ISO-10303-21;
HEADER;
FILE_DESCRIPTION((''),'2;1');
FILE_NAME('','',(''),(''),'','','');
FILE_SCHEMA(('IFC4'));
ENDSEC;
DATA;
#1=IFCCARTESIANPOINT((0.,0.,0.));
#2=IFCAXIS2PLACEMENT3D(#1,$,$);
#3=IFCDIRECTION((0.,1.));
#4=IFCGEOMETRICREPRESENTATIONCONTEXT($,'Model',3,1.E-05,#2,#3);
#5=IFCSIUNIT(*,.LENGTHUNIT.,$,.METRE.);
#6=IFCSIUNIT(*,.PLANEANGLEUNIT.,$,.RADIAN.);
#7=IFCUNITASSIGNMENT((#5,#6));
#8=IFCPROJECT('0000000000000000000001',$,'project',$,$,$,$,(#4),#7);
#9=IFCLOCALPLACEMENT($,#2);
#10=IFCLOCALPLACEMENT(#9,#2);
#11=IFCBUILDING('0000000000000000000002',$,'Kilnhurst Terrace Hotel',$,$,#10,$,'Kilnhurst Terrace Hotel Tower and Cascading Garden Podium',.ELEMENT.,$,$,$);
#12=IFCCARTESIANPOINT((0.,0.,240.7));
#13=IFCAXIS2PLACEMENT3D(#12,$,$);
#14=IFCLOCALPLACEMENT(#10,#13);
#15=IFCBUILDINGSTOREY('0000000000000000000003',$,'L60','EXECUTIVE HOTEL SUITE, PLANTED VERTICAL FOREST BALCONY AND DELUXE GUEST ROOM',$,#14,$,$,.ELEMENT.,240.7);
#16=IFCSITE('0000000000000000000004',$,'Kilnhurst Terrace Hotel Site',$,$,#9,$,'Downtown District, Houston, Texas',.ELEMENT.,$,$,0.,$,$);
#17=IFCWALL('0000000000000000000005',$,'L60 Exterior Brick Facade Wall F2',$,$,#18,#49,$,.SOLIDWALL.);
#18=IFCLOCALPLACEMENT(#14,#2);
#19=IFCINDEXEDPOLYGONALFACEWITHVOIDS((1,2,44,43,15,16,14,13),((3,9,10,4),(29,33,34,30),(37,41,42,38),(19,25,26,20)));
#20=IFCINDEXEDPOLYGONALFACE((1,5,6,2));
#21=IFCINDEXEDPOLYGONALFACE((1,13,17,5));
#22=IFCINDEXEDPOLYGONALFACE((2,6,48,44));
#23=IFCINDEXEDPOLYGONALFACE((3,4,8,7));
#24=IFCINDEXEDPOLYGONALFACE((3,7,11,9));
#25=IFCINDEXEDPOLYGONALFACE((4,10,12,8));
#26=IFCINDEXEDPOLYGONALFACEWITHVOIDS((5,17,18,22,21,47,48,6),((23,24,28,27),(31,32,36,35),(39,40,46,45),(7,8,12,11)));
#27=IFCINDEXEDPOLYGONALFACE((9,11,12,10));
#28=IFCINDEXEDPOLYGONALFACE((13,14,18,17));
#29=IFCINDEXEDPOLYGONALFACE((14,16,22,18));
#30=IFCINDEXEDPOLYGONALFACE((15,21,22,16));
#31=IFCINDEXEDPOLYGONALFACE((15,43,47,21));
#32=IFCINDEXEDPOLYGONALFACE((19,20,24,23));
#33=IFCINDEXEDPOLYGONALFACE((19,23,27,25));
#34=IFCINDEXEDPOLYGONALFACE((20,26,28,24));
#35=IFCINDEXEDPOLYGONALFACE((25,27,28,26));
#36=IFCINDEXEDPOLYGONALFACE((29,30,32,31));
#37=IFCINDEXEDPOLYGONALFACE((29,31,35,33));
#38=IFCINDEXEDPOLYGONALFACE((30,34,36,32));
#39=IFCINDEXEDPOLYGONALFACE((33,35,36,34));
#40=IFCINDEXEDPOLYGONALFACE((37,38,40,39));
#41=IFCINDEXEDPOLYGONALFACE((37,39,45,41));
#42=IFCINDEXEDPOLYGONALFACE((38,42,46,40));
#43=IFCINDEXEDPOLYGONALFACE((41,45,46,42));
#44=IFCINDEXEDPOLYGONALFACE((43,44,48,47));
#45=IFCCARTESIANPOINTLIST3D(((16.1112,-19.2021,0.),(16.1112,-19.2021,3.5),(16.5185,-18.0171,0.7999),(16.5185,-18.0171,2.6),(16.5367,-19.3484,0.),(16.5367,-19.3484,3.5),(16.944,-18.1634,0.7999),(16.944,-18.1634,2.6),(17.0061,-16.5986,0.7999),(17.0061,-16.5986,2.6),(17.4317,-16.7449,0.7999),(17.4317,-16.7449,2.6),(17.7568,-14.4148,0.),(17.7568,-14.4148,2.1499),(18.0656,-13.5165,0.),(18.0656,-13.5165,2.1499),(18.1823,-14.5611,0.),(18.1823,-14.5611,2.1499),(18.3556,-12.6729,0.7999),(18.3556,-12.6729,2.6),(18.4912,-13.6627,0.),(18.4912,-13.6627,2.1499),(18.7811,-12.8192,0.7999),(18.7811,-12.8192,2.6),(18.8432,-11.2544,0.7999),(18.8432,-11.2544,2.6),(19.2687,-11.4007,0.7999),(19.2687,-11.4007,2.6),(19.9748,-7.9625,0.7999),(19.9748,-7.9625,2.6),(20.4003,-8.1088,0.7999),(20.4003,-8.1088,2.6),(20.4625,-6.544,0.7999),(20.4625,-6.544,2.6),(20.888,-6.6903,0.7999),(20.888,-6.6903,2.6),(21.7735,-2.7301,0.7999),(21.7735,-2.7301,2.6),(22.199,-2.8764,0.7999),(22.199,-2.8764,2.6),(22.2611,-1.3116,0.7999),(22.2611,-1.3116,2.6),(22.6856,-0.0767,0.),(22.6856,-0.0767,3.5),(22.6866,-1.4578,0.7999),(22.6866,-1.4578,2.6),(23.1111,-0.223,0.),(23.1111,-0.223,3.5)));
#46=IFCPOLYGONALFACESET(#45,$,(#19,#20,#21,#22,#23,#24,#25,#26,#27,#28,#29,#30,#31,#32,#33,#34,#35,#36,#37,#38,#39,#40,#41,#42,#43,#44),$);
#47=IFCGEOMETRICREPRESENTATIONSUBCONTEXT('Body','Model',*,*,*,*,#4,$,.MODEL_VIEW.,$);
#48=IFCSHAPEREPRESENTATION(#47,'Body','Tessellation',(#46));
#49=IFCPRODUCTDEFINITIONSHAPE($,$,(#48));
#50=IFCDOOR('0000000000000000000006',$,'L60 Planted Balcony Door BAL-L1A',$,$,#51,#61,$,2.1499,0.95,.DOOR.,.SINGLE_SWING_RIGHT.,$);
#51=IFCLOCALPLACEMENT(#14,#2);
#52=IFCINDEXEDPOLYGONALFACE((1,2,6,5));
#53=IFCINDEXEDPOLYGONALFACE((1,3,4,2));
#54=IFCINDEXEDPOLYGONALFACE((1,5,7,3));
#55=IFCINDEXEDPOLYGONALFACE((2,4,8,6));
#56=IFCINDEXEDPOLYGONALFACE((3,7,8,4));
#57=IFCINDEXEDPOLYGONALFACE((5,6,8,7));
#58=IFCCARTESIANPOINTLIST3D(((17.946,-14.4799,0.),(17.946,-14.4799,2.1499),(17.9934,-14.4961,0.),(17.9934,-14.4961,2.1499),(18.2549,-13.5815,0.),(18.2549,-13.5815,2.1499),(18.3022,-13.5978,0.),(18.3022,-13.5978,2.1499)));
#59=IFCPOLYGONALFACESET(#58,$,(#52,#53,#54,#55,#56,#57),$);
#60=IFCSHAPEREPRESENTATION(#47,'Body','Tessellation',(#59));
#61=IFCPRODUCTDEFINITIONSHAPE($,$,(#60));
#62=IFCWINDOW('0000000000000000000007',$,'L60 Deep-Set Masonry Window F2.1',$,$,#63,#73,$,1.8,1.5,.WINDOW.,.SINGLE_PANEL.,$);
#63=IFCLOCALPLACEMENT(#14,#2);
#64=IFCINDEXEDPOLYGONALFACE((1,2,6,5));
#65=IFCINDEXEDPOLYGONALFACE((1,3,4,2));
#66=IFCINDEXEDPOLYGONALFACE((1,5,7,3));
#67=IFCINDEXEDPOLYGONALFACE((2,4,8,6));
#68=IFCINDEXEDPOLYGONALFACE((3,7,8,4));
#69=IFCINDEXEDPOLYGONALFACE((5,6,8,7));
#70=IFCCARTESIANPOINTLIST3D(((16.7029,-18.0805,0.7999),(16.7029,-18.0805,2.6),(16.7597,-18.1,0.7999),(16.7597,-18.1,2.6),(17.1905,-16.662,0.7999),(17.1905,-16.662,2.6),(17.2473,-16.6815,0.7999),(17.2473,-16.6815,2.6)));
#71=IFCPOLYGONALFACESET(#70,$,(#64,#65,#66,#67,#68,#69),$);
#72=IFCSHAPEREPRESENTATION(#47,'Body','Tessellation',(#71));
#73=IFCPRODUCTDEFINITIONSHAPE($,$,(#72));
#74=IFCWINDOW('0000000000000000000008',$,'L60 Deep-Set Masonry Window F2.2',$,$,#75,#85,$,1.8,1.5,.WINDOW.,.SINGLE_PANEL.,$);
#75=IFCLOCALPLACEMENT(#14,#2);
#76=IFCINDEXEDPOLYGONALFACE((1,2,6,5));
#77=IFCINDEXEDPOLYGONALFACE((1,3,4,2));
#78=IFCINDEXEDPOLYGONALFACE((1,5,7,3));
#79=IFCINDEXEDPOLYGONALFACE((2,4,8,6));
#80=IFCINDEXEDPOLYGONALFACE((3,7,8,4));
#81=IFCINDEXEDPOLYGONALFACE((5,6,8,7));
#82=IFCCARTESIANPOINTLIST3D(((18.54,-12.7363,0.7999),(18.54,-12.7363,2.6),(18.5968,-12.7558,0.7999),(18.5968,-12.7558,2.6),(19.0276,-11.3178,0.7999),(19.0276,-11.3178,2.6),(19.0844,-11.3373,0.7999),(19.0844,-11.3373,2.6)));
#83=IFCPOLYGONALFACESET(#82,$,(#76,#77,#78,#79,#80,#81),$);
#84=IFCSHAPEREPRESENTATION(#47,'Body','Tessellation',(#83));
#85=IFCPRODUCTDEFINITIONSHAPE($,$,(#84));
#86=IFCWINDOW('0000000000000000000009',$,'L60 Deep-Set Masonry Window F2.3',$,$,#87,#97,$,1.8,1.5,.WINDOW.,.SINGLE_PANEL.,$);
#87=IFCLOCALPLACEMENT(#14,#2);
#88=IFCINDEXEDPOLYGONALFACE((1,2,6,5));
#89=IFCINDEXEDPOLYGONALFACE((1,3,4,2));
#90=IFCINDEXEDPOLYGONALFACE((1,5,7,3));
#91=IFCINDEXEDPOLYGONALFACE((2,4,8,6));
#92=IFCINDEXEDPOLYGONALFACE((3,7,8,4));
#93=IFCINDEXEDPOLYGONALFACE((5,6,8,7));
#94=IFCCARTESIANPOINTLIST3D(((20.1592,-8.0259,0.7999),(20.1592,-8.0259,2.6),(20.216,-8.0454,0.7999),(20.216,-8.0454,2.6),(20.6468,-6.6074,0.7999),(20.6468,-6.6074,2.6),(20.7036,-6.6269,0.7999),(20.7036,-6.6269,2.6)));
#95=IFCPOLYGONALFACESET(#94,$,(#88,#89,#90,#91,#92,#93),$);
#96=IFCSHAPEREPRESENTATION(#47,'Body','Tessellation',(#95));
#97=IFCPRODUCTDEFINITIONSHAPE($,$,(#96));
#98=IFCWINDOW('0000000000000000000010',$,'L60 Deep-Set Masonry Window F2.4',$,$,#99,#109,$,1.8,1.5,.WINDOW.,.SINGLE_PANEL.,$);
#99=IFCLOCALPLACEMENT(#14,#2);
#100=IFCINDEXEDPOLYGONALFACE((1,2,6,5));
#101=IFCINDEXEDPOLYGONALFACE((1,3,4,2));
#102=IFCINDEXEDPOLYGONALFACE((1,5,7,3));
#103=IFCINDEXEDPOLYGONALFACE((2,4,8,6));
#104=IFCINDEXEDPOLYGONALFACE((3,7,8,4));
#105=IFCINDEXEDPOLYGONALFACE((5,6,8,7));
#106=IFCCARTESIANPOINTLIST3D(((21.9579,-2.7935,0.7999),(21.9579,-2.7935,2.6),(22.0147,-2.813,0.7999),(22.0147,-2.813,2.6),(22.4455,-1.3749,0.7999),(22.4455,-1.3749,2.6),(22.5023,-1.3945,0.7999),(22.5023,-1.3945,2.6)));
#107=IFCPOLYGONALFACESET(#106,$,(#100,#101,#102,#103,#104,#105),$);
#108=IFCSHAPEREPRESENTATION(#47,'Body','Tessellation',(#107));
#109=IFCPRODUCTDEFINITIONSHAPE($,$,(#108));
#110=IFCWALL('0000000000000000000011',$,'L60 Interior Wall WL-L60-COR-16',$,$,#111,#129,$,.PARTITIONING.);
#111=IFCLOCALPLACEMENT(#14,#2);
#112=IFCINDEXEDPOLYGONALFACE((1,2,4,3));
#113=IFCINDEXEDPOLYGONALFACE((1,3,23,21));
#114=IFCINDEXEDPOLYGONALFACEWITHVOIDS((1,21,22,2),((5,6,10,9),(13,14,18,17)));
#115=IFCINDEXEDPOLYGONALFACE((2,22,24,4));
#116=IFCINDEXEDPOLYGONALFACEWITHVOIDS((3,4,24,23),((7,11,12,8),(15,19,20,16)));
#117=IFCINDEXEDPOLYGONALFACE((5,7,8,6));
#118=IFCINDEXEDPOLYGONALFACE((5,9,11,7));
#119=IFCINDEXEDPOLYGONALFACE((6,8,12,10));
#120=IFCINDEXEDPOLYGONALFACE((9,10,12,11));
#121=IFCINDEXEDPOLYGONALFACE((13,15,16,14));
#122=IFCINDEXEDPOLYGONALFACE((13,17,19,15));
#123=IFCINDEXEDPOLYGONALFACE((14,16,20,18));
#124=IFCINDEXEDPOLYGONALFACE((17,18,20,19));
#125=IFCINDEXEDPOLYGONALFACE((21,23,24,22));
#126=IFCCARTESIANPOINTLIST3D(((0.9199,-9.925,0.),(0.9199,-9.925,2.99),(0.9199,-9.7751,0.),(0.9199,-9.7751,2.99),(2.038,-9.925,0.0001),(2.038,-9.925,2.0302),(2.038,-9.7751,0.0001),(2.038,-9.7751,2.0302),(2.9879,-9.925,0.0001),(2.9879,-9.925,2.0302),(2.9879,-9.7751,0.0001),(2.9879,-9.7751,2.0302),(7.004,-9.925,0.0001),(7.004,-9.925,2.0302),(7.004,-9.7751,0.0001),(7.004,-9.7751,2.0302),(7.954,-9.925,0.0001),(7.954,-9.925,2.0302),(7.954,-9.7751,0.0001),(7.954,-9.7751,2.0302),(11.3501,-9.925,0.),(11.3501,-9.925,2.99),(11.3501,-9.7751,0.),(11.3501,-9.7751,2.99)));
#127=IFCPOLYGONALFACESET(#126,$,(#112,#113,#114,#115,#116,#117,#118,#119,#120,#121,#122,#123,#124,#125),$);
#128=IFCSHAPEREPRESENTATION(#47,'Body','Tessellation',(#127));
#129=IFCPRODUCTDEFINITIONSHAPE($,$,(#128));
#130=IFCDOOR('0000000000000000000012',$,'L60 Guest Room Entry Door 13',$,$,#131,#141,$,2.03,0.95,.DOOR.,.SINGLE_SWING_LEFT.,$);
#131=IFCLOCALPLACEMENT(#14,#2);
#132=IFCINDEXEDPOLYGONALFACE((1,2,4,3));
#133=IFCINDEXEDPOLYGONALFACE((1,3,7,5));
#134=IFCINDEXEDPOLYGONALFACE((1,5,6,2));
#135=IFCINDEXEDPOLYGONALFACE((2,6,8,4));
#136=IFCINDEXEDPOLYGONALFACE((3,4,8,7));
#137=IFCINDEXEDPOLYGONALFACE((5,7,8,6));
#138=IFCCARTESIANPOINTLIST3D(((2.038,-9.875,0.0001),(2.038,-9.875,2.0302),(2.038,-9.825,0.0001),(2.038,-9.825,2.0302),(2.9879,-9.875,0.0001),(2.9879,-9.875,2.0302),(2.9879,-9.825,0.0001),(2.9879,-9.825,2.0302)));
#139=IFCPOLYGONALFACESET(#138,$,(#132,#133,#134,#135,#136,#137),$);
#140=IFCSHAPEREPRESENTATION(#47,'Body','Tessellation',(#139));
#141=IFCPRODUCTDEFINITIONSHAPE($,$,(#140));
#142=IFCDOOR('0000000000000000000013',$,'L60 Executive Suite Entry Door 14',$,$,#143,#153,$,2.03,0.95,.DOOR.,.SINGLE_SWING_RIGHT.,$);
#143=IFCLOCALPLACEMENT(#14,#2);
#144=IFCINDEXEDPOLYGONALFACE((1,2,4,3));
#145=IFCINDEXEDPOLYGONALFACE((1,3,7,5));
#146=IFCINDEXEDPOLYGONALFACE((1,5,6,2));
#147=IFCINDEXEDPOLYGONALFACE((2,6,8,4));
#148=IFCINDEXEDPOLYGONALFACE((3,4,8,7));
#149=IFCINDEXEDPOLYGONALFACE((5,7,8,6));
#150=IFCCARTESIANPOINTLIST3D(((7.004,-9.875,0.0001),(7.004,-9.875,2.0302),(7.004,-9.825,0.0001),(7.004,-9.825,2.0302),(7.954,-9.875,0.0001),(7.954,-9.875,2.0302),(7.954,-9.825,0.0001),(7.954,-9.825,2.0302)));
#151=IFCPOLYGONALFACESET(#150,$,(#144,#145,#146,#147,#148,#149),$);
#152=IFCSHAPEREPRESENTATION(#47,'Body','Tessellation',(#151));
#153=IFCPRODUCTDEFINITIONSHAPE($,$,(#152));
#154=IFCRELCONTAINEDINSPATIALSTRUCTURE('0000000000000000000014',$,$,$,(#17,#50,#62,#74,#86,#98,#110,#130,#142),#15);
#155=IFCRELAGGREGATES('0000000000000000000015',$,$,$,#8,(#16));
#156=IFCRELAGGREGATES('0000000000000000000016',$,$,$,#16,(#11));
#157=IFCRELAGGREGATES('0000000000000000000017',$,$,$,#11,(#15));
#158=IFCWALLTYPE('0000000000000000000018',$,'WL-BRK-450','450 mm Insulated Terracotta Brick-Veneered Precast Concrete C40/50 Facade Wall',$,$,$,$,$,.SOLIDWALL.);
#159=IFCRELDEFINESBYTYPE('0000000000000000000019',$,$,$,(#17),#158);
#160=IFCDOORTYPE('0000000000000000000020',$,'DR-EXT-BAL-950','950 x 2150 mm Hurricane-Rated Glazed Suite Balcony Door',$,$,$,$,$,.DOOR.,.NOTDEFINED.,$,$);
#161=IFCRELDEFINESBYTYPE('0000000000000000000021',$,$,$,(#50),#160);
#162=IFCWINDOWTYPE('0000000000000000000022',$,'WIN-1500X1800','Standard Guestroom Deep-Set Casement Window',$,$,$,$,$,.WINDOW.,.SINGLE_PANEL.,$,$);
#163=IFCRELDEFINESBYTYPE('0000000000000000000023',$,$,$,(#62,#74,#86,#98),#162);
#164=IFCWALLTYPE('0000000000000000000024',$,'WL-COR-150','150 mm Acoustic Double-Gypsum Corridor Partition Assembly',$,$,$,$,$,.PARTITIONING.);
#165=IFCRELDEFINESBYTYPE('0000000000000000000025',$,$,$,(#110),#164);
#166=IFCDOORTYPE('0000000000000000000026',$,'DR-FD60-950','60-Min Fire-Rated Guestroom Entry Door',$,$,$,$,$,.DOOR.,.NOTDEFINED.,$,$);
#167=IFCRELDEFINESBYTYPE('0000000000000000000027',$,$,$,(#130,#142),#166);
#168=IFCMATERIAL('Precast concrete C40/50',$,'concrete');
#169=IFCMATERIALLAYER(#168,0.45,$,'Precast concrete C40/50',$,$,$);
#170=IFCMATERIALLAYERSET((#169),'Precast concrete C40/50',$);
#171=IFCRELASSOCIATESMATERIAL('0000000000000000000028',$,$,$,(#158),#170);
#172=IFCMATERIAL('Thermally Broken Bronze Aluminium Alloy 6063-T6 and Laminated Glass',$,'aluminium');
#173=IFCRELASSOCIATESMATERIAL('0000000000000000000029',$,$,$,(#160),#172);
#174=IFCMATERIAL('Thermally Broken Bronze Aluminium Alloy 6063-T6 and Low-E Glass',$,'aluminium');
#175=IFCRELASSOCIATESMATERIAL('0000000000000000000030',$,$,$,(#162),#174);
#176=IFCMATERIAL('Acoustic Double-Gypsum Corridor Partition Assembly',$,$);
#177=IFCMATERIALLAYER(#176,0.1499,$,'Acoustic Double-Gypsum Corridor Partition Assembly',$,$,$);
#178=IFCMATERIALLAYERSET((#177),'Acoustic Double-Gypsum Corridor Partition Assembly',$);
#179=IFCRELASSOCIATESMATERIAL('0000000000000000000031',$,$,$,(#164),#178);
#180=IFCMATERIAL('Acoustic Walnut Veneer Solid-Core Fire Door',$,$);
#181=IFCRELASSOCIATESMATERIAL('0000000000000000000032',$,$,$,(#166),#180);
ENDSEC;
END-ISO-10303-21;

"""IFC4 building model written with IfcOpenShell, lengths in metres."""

from ifc_helpers import new_model, si_unit, direction, frame, frame_2d, origin, place, context, subcontext, project, spatial, rectangle, extrude, material, layer, layer_set, type_object, element, fill, save


model = new_model("IFC4")

# Units and contexts
model_context = context("Model", 3, precision=1e-05, world=origin(), true_north=direction((0.0, 1.0)))
body_context = subcontext(model_context, "Body", "Model", "MODEL_VIEW")
ifc_project = project(units=[si_unit("LENGTHUNIT", "METRE"), si_unit("PLANEANGLEUNIT", "RADIAN")], contexts=[model_context])

# Site, building, storey
site_placement = place(None, origin())
site = spatial("IfcSite", under=ifc_project, at=site_placement, Name="Kilnhurst Terrace Hotel Site", LongName="Downtown District, Houston, Texas", CompositionType="ELEMENT", RefElevation=0.0)
building_placement = place(site_placement, origin())
building = spatial("IfcBuilding", under=site, at=building_placement, Name="Kilnhurst Terrace Hotel", LongName="Kilnhurst Terrace Hotel Tower and Cascading Garden Podium", CompositionType="ELEMENT")
storey_placement = place(building_placement, frame((0.0, 0.0, 240.7)))
storey = spatial("IfcBuildingStorey", under=building, at=storey_placement, Name="L60", Description="EXECUTIVE HOTEL SUITE, PLANTED VERTICAL FOREST BALCONY AND DELUXE GUEST ROOM", CompositionType="ELEMENT", Elevation=240.7)

# Shared definitions
ifc_material_1 = material(Name="Precast concrete C40/50", Category="concrete")
ifc_layer_1 = layer(ifc_material_1, 0.45, Name="Precast concrete C40/50")
ifc_layer_set_1 = layer_set([ifc_layer_1], Name="Precast concrete C40/50")
wall_type_1 = type_object("IfcWallType", Name="WL-BRK-450", Description="450 mm Insulated Terracotta Brick-Veneered Precast Concrete C40/50 Facade Wall", PredefinedType="SOLIDWALL", material=ifc_layer_set_1)

# Wall, openings, door, windows
wall_1_placement = place(storey_placement, frame((16.324, -19.2751, 0.0), z_axis=(0.0, 0.0, 1.0), x_axis=(0.325083, 0.945685, 0.0)))
wall_1 = element("IfcWall", 1, at=wall_1_placement, inside=storey, type_object=wall_type_1, Name="L60 Exterior Brick Facade Wall F2", PredefinedType="SOLIDWALL", context=body_context, shape_type="SweptSolid", body=[
    extrude(rectangle(XDim=20.2239, YDim=0.45, at=frame_2d((10.1118, 0.0))), origin(), (0.0, 0.0, 1.0), 3.5),
])
opening_1_placement = place(wall_1_placement, frame((5.062, 0.0, 0.0)))
opening_1 = element("IfcOpeningElement", 2, at=opening_1_placement, cuts=wall_1, PredefinedType="OPENING", context=body_context, shape_type="SweptSolid", body=[
    extrude(rectangle(XDim=0.95, YDim=2.1499, at=frame_2d((0.4751, 1.075))), frame((0.0, 0.2349, 0.0), z_axis=(0.0, -1.0, 0.0), x_axis=(1.0, 0.0, 0.0)), (0.0, 0.0, 1.0), 0.47),
])
opening_2_placement = place(wall_1_placement, frame((1.2529, 0.0, 0.8)))
opening_2 = element("IfcOpeningElement", 3, at=opening_2_placement, cuts=wall_1, PredefinedType="OPENING", context=body_context, shape_type="SweptSolid", body=[
    extrude(rectangle(XDim=1.5, YDim=1.8, at=frame_2d((0.75, 0.8999))), frame((0.0, 0.2349, 0.0), z_axis=(0.0, -1.0, 0.0), x_axis=(1.0, 0.0, 0.0)), (0.0, 0.0, 1.0), 0.47),
])
opening_3_placement = place(wall_1_placement, frame((6.9041, 0.0, 0.8)))
opening_3 = element("IfcOpeningElement", 4, at=opening_3_placement, cuts=wall_1, PredefinedType="OPENING", context=body_context, shape_type="SweptSolid", body=[
    extrude(rectangle(XDim=1.5, YDim=1.8, at=frame_2d((0.75, 0.8999))), frame((0.0, 0.2349, 0.0), z_axis=(0.0, -1.0, 0.0), x_axis=(1.0, 0.0, 0.0)), (0.0, 0.0, 1.0), 0.47),
])
opening_4_placement = place(wall_1_placement, frame((11.885, 0.0, 0.8)))
opening_4 = element("IfcOpeningElement", 5, at=opening_4_placement, cuts=wall_1, PredefinedType="OPENING", context=body_context, shape_type="SweptSolid", body=[
    extrude(rectangle(XDim=1.5, YDim=1.8, at=frame_2d((0.75, 0.8999))), frame((0.0, 0.2349, 0.0), z_axis=(0.0, -1.0, 0.0), x_axis=(1.0, 0.0, 0.0)), (0.0, 0.0, 1.0), 0.47),
])
opening_5_placement = place(wall_1_placement, frame((17.418, 0.0, 0.8)))
opening_5 = element("IfcOpeningElement", 6, at=opening_5_placement, cuts=wall_1, PredefinedType="OPENING", context=body_context, shape_type="SweptSolid", body=[
    extrude(rectangle(XDim=1.5, YDim=1.8, at=frame_2d((0.75, 0.8999))), frame((0.0, 0.2349, 0.0), z_axis=(0.0, -1.0, 0.0), x_axis=(1.0, 0.0, 0.0)), (0.0, 0.0, 1.0), 0.47),
])
ifc_material_2 = material(Name="Thermally Broken Bronze Aluminium Alloy 6063-T6 and Laminated Glass", Category="aluminium")
door_type_1 = type_object("IfcDoorType", Name="DR-EXT-BAL-950", Description="950 x 2150 mm Hurricane-Rated Glazed Suite Balcony Door", OperationType="NOTDEFINED", PredefinedType="DOOR", material=ifc_material_2)
door_1_placement = place(opening_1_placement, origin())
door_1 = element("IfcDoor", 7, at=door_1_placement, inside=storey, type_object=door_type_1, Name="L60 Planted Balcony Door BAL-L1A", OperationType="SINGLE_SWING_RIGHT", OverallHeight=2.1499, OverallWidth=0.95, PredefinedType="DOOR", context=body_context, shape_type="SweptSolid", body=[
    extrude(rectangle(XDim=0.95, YDim=2.1499, at=frame_2d((0.4751, 1.075))), frame((0.0, 0.0249, 0.0), z_axis=(0.0, -1.0, 0.0), x_axis=(1.0, 0.0, 0.0)), (0.0, 0.0, 1.0), 0.05),
])
fill(opening_1, door_1)
ifc_material_3 = material(Name="Thermally Broken Bronze Aluminium Alloy 6063-T6 and Low-E Glass", Category="aluminium")
window_type = type_object("IfcWindowType", Name="WIN-1500X1800", Description="Standard Guestroom Deep-Set Casement Window", PartitioningType="SINGLE_PANEL", PredefinedType="WINDOW", material=ifc_material_3)
window_1_placement = place(opening_2_placement, origin())
window_1 = element("IfcWindow", 8, at=window_1_placement, inside=storey, type_object=window_type, Name="L60 Deep-Set Masonry Window F2.1", OverallHeight=1.8, OverallWidth=1.5, PartitioningType="SINGLE_PANEL", PredefinedType="WINDOW", context=body_context, shape_type="SweptSolid", body=[
    extrude(rectangle(XDim=1.5, YDim=1.8, at=frame_2d((0.75, 0.8999))), frame((0.0, 0.03, 0.0), z_axis=(0.0, -1.0, 0.0), x_axis=(1.0, 0.0, 0.0)), (0.0, 0.0, 1.0), 0.0601),
])
fill(opening_2, window_1)
window_2_placement = place(opening_3_placement, origin())
window_2 = element("IfcWindow", 9, at=window_2_placement, inside=storey, type_object=window_type, Name="L60 Deep-Set Masonry Window F2.2", OverallHeight=1.8, OverallWidth=1.5, PartitioningType="SINGLE_PANEL", PredefinedType="WINDOW", context=body_context, shape_type="SweptSolid", body=[
    extrude(rectangle(XDim=1.5, YDim=1.8, at=frame_2d((0.75, 0.8999))), frame((0.0, 0.03, 0.0), z_axis=(0.0, -1.0, 0.0), x_axis=(1.0, 0.0, 0.0)), (0.0, 0.0, 1.0), 0.0601),
])
fill(opening_3, window_2)
window_3_placement = place(opening_4_placement, origin())
window_3 = element("IfcWindow", 10, at=window_3_placement, inside=storey, type_object=window_type, Name="L60 Deep-Set Masonry Window F2.3", OverallHeight=1.8, OverallWidth=1.5, PartitioningType="SINGLE_PANEL", PredefinedType="WINDOW", context=body_context, shape_type="SweptSolid", body=[
    extrude(rectangle(XDim=1.5, YDim=1.8, at=frame_2d((0.75, 0.8999))), frame((0.0, 0.03, 0.0), z_axis=(0.0, -1.0, 0.0), x_axis=(1.0, 0.0, 0.0)), (0.0, 0.0, 1.0), 0.0601),
])
fill(opening_4, window_3)
window_4_placement = place(opening_5_placement, origin())
window_4 = element("IfcWindow", 11, at=window_4_placement, inside=storey, type_object=window_type, Name="L60 Deep-Set Masonry Window F2.4", OverallHeight=1.8, OverallWidth=1.5, PartitioningType="SINGLE_PANEL", PredefinedType="WINDOW", context=body_context, shape_type="SweptSolid", body=[
    extrude(rectangle(XDim=1.5, YDim=1.8, at=frame_2d((0.75, 0.8999))), frame((0.0, 0.03, 0.0), z_axis=(0.0, -1.0, 0.0), x_axis=(1.0, 0.0, 0.0)), (0.0, 0.0, 1.0), 0.0601),
])
fill(opening_5, window_4)

# Wall, openings, doors
ifc_material_4 = material(Name="Acoustic Double-Gypsum Corridor Partition Assembly")
ifc_layer_2 = layer(ifc_material_4, 0.1499, Name="Acoustic Double-Gypsum Corridor Partition Assembly")
ifc_layer_set_2 = layer_set([ifc_layer_2], Name="Acoustic Double-Gypsum Corridor Partition Assembly")
wall_type_2 = type_object("IfcWallType", Name="WL-COR-150", Description="150 mm Acoustic Double-Gypsum Corridor Partition Assembly", PredefinedType="PARTITIONING", material=ifc_layer_set_2)
wall_2_placement = place(storey_placement, frame((11.3501, -9.8501, 0.0), z_axis=(0.0, 0.0, 1.0), x_axis=(-1.0, 0.0, 0.0)))
wall_2 = element("IfcWall", 12, at=wall_2_placement, inside=storey, type_object=wall_type_2, Name="L60 Interior Wall WL-L60-COR-16", PredefinedType="PARTITIONING", context=body_context, shape_type="SweptSolid", body=[
    extrude(rectangle(XDim=10.4302, YDim=0.1499, at=frame_2d((5.2151, 0.0))), origin(), (0.0, 0.0, 1.0), 2.99),
])
opening_6_placement = place(wall_2_placement, frame((8.3621, 0.0, 0.0)))
opening_6 = element("IfcOpeningElement", 13, at=opening_6_placement, cuts=wall_2, PredefinedType="OPENING", context=body_context, shape_type="SweptSolid", body=[
    extrude(rectangle(XDim=0.95, YDim=2.03, at=frame_2d((0.4751, 1.0151))), frame((0.0, 0.085, 0.0), z_axis=(0.0, -1.0, 0.0), x_axis=(1.0, 0.0, 0.0)), (0.0, 0.0, 1.0), 0.1699),
])
opening_7_placement = place(wall_2_placement, frame((3.396, 0.0, 0.0)))
opening_7 = element("IfcOpeningElement", 14, at=opening_7_placement, cuts=wall_2, PredefinedType="OPENING", context=body_context, shape_type="SweptSolid", body=[
    extrude(rectangle(XDim=0.95, YDim=2.03, at=frame_2d((0.4751, 1.0151))), frame((0.0, 0.085, 0.0), z_axis=(0.0, -1.0, 0.0), x_axis=(1.0, 0.0, 0.0)), (0.0, 0.0, 1.0), 0.1699),
])
ifc_material_5 = material(Name="Acoustic Walnut Veneer Solid-Core Fire Door")
door_type_2 = type_object("IfcDoorType", Name="DR-FD60-950", Description="60-Min Fire-Rated Guestroom Entry Door", OperationType="NOTDEFINED", PredefinedType="DOOR", material=ifc_material_5)
door_2_placement = place(opening_6_placement, origin())
door_2 = element("IfcDoor", 15, at=door_2_placement, inside=storey, type_object=door_type_2, Name="L60 Guest Room Entry Door 13", OperationType="SINGLE_SWING_LEFT", OverallHeight=2.03, OverallWidth=0.95, PredefinedType="DOOR", context=body_context, shape_type="SweptSolid", body=[
    extrude(rectangle(XDim=0.95, YDim=2.03, at=frame_2d((0.4751, 1.0151))), frame((0.0, 0.0249, 0.0), z_axis=(0.0, -1.0, 0.0), x_axis=(1.0, 0.0, 0.0)), (0.0, 0.0, 1.0), 0.05),
])
fill(opening_6, door_2)
door_3_placement = place(opening_7_placement, origin())
door_3 = element("IfcDoor", 16, at=door_3_placement, inside=storey, type_object=door_type_2, Name="L60 Executive Suite Entry Door 14", OperationType="SINGLE_SWING_RIGHT", OverallHeight=2.03, OverallWidth=0.95, PredefinedType="DOOR", context=body_context, shape_type="SweptSolid", body=[
    extrude(rectangle(XDim=0.95, YDim=2.03, at=frame_2d((0.4751, 1.0151))), frame((0.0, 0.0249, 0.0), z_axis=(0.0, -1.0, 0.0), x_axis=(1.0, 0.0, 0.0)), (0.0, 0.0, 1.0), 0.05),
])
fill(opening_7, door_3)

save(model, "model.ifc")
